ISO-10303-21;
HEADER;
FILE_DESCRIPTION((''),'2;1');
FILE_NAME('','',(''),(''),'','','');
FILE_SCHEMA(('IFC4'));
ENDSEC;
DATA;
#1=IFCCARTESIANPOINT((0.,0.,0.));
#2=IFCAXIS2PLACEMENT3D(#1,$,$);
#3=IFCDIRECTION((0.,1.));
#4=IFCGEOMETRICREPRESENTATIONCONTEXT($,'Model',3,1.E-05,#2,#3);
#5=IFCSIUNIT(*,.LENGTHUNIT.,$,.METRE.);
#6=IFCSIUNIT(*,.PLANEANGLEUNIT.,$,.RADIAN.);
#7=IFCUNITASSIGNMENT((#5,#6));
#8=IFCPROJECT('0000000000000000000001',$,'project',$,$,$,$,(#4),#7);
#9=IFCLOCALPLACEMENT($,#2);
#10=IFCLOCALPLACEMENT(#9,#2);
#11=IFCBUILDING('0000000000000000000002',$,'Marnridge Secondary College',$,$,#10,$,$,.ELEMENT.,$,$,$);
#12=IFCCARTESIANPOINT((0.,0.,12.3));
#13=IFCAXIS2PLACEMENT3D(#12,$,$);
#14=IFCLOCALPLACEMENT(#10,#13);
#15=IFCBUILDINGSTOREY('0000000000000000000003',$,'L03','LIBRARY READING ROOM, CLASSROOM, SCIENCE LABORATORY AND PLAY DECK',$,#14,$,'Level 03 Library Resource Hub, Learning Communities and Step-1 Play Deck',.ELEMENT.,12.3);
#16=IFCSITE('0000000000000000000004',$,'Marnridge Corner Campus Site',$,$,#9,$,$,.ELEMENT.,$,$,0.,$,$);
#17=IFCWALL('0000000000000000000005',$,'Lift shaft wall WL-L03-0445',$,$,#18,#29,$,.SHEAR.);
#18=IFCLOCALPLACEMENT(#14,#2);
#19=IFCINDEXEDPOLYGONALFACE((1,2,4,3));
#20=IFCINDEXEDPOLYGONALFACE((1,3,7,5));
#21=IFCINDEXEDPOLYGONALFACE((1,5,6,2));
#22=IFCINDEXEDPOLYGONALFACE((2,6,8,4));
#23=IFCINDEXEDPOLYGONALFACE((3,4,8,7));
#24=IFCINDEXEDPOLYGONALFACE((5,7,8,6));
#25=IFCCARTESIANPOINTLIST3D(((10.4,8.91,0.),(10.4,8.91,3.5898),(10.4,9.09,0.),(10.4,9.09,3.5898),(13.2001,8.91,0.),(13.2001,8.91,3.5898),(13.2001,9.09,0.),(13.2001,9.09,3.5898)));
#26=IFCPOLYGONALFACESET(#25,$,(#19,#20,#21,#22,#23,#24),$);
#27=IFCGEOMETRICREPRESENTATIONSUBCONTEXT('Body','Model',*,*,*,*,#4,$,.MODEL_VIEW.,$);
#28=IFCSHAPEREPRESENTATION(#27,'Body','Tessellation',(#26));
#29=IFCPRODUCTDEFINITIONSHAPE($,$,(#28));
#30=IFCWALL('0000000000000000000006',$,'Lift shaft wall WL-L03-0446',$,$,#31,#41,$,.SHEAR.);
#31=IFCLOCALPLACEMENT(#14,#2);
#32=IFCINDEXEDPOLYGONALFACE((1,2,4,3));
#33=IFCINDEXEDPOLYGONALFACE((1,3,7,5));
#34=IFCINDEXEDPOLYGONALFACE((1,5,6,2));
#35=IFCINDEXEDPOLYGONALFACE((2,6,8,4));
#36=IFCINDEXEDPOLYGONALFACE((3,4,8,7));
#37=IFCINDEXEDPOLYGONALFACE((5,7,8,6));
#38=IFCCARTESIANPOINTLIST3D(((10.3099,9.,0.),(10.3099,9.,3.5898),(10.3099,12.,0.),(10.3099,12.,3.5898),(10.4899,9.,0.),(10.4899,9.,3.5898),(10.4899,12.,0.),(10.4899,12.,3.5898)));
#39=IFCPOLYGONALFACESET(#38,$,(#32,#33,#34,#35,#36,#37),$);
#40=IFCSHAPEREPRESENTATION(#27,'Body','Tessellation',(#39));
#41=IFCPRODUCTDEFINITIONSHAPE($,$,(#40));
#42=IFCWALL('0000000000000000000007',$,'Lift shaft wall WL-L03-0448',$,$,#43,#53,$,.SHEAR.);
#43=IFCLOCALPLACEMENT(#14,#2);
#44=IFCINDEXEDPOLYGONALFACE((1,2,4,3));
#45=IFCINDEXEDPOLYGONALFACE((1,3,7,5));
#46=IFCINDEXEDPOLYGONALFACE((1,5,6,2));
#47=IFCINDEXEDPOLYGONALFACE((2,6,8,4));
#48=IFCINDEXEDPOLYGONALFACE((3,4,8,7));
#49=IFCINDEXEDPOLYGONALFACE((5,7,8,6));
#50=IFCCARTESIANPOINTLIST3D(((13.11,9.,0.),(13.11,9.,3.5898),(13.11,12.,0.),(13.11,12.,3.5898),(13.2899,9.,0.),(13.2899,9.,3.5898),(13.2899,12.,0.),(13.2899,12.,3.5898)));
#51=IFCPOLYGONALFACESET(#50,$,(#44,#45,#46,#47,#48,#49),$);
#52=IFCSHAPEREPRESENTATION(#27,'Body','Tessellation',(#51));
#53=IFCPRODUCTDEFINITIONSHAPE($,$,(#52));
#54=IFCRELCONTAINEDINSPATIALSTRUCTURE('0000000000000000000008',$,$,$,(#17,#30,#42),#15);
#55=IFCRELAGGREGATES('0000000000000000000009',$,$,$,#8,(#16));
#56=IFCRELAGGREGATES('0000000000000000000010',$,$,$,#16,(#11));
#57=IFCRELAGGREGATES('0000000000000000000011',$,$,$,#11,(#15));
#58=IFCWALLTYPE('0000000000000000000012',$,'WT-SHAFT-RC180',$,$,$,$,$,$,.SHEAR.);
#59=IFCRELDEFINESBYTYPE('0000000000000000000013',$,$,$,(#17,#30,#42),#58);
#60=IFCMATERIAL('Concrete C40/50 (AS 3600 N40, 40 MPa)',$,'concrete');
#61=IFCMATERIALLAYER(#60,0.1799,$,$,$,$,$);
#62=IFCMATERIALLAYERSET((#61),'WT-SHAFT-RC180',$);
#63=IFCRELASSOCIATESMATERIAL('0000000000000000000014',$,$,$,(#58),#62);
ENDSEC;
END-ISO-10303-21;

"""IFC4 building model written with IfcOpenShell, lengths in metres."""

from ifc_helpers import new_model, si_unit, direction, frame, frame_2d, origin, place, context, subcontext, project, spatial, rectangle, extrude, material, layer, layer_set, type_object, element, save


model = new_model("IFC4")

# Units and contexts
model_context = context("Model", 3, precision=1e-05, world=origin(), true_north=direction((0.0, 1.0)))
body_context = subcontext(model_context, "Body", "Model", "MODEL_VIEW")
ifc_project = project(units=[si_unit("LENGTHUNIT", "METRE"), si_unit("PLANEANGLEUNIT", "RADIAN")], contexts=[model_context])

# Site, building, storey
site_placement = place(None, origin())
site = spatial("IfcSite", under=ifc_project, at=site_placement, Name="Marnridge Corner Campus Site", CompositionType="ELEMENT", RefElevation=0.0)
building_placement = place(site_placement, origin())
building = spatial("IfcBuilding", under=site, at=building_placement, Name="Marnridge Secondary College", CompositionType="ELEMENT")
storey_placement = place(building_placement, frame((0.0, 0.0, 12.3)))
storey = spatial("IfcBuildingStorey", under=building, at=storey_placement, Name="L03", Description="LIBRARY READING ROOM, CLASSROOM, SCIENCE LABORATORY AND PLAY DECK", LongName="Level 03 Library Resource Hub, Learning Communities and Step-1 Play Deck", CompositionType="ELEMENT", Elevation=12.3)

# Walls
ifc_material_1 = material(Name="Concrete C40/50 (AS 3600 N40, 40 MPa)", Category="concrete")
ifc_layer_1 = layer(ifc_material_1, 0.1799)
ifc_layer_set_1 = layer_set([ifc_layer_1], Name="WT-SHAFT-RC180")
wall_type_1 = type_object("IfcWallType", Name="WT-SHAFT-RC180", PredefinedType="SHEAR", material=ifc_layer_set_1)
wall_1_placement = place(storey_placement, frame((13.2, 9.0, 0.0), z_axis=(0.0, 0.0, 1.0), x_axis=(-1.0, 0.0, 0.0)))
element("IfcWall", 1, at=wall_1_placement, inside=storey, type_object=wall_type_1, Name="Lift shaft wall WL-L03-0445", PredefinedType="SHEAR", context=body_context, shape_type="SweptSolid", body=[
    extrude(rectangle(XDim=2.8, YDim=0.1799, at=frame_2d((1.3999, 0.0))), origin(), (0.0, 0.0, 1.0), 3.5898),
])
wall_2_placement = place(storey_placement, frame((10.3999, 9.0, 0.0), z_axis=(0.0, 0.0, 1.0), x_axis=(0.0, 1.0, 0.0)))
element("IfcWall", 2, at=wall_2_placement, inside=storey, type_object=wall_type_1, Name="Lift shaft wall WL-L03-0446", PredefinedType="SHEAR", context=body_context, shape_type="SweptSolid", body=[
    extrude(rectangle(XDim=3.0, YDim=0.1799, at=frame_2d((1.5, 0.0))), origin(), (0.0, 0.0, 1.0), 3.5898),
])

# Wall
wall_3_placement = place(storey_placement, frame((13.2, 12.0, 0.0), z_axis=(0.0, 0.0, 1.0), x_axis=(0.0, -1.0, 0.0)))
element("IfcWall", 3, at=wall_3_placement, inside=storey, type_object=wall_type_1, Name="Lift shaft wall WL-L03-0448", PredefinedType="SHEAR", context=body_context, shape_type="SweptSolid", body=[
    extrude(rectangle(XDim=3.0, YDim=0.1799, at=frame_2d((1.5, 0.0))), origin(), (0.0, 0.0, 1.0), 3.5898),
])

save(model, "model.ifc")
